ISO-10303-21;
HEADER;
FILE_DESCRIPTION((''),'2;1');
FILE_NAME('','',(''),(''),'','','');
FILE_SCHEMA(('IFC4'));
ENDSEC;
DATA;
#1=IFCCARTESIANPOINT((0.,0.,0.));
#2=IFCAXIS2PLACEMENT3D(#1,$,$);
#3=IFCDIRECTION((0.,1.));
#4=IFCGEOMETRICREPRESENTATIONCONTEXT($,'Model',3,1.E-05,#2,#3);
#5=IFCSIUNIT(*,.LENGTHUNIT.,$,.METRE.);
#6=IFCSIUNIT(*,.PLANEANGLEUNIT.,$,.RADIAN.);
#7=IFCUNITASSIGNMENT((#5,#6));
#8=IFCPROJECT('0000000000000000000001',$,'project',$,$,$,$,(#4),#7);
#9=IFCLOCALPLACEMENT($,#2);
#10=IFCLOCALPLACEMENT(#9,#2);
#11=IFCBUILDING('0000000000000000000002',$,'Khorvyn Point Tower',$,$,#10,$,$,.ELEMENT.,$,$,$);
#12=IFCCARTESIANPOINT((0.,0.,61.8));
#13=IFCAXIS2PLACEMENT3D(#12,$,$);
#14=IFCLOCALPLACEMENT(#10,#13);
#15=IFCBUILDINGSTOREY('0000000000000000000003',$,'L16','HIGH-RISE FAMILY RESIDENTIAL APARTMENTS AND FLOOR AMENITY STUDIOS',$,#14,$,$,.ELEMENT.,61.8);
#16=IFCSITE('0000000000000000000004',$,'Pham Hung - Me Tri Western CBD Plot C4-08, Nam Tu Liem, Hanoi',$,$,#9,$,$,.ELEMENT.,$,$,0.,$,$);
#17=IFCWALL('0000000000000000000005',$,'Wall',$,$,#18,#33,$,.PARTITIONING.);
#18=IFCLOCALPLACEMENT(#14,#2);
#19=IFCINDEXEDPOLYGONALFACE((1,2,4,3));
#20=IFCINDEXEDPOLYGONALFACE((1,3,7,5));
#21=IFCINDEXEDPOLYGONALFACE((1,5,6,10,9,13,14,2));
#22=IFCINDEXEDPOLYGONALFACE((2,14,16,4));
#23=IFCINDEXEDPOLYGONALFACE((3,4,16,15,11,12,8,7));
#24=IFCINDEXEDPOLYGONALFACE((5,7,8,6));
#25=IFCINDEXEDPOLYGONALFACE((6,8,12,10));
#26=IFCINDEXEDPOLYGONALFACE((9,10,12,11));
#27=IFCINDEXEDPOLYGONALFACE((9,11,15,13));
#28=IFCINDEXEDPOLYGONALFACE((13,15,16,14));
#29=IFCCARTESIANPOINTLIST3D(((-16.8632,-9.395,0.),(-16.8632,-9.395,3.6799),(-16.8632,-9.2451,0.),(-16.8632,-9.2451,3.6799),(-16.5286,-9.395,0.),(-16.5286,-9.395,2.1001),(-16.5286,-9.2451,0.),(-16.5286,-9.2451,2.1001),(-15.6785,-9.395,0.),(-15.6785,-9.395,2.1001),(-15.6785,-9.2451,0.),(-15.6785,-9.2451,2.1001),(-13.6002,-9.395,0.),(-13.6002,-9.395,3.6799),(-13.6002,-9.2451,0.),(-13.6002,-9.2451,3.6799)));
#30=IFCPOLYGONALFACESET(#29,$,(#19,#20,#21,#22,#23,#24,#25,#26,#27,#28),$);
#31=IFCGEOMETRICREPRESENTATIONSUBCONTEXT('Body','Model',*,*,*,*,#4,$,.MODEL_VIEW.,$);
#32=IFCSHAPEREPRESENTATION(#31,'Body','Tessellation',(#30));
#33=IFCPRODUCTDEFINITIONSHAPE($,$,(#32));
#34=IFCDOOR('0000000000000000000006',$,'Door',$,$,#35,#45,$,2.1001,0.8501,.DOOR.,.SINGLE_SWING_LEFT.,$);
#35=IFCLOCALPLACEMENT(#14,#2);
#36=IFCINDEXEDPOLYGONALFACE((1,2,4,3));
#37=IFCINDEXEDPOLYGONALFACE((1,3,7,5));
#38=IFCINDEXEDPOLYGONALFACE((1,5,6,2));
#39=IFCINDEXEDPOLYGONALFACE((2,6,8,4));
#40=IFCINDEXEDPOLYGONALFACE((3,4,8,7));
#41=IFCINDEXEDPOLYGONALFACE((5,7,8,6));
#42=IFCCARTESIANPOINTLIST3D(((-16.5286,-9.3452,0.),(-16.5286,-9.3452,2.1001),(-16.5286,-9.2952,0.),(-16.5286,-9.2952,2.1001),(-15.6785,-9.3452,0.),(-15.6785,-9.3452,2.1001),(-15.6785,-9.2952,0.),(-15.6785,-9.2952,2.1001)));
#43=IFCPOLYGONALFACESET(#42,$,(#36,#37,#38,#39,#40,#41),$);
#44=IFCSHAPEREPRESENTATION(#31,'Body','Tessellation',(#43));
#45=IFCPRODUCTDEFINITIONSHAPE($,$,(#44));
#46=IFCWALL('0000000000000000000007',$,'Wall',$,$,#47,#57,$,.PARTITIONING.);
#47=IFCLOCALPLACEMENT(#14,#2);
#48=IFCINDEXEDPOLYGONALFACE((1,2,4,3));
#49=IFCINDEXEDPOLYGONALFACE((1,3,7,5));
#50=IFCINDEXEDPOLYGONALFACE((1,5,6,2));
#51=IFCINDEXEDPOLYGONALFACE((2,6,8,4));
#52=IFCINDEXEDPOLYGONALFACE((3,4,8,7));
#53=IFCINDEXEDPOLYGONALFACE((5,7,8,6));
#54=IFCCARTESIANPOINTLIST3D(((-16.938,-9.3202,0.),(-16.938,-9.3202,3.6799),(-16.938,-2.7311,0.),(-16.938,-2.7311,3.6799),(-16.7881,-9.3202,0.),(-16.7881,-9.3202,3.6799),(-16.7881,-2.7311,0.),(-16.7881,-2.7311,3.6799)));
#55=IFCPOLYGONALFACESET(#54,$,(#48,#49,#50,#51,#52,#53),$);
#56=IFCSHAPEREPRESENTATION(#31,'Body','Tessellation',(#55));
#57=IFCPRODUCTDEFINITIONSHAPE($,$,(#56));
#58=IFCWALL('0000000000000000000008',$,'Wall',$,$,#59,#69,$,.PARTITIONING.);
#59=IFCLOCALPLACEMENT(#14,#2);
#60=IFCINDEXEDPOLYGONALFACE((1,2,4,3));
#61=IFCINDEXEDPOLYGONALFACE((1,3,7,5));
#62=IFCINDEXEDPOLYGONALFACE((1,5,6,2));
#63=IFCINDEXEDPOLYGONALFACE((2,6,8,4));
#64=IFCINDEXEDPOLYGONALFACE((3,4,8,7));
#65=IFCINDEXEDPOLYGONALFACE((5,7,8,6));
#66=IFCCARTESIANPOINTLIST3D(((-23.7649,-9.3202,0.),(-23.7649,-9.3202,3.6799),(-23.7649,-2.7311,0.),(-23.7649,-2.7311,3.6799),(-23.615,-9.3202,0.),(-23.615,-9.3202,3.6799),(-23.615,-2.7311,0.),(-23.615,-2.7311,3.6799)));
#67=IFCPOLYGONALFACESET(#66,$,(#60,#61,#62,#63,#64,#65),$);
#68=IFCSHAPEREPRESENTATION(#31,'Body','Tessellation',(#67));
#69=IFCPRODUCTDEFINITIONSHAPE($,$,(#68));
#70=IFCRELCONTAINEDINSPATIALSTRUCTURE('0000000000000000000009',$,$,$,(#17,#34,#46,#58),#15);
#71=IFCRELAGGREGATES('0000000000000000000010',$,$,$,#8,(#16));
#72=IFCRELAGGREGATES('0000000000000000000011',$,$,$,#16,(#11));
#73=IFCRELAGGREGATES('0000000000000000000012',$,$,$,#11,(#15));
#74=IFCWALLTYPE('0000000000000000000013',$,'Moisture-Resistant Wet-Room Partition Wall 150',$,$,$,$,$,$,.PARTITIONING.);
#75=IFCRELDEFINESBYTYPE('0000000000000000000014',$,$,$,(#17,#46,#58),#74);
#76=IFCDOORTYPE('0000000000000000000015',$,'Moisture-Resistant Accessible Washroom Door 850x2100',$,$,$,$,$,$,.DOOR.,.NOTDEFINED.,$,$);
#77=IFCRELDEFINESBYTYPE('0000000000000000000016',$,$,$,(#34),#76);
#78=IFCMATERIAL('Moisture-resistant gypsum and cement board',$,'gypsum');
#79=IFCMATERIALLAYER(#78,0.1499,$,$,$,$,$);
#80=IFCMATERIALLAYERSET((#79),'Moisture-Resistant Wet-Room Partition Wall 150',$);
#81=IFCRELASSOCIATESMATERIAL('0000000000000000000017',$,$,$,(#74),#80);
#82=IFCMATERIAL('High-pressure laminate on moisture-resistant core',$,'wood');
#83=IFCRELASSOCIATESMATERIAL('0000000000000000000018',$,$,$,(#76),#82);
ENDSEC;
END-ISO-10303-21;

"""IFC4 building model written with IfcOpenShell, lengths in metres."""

from ifc_helpers import new_model, si_unit, direction, frame, frame_2d, origin, place, context, subcontext, project, spatial, rectangle, extrude, material, layer, layer_set, type_object, element, fill, save


model = new_model("IFC4")

# Units and contexts
model_context = context("Model", 3, precision=1e-05, world=origin(), true_north=direction((0.0, 1.0)))
body_context = subcontext(model_context, "Body", "Model", "MODEL_VIEW")
ifc_project = project(units=[si_unit("LENGTHUNIT", "METRE"), si_unit("PLANEANGLEUNIT", "RADIAN")], contexts=[model_context])

# Site, building, storey
site_placement = place(None, origin())
site = spatial("IfcSite", under=ifc_project, at=site_placement, Name="Pham Hung - Me Tri Western CBD Plot C4-08, Nam Tu Liem, Hanoi", CompositionType="ELEMENT", RefElevation=0.0)
building_placement = place(site_placement, origin())
building = spatial("IfcBuilding", under=site, at=building_placement, Name="Khorvyn Point Tower", CompositionType="ELEMENT")
storey_placement = place(building_placement, frame((0.0, 0.0, 61.8)))
storey = spatial("IfcBuildingStorey", under=building, at=storey_placement, Name="L16", Description="HIGH-RISE FAMILY RESIDENTIAL APARTMENTS AND FLOOR AMENITY STUDIOS", CompositionType="ELEMENT", Elevation=61.8)

# Wall, opening, door
ifc_material_1 = material(Name="Moisture-resistant gypsum and cement board", Category="gypsum")
ifc_layer_1 = layer(ifc_material_1, 0.1499)
ifc_layer_set_1 = layer_set([ifc_layer_1], Name="Moisture-Resistant Wet-Room Partition Wall 150")
wall_type_1 = type_object("IfcWallType", Name="Moisture-Resistant Wet-Room Partition Wall 150", PredefinedType="PARTITIONING", material=ifc_layer_set_1)
ifc_material_2 = material(Name="High-pressure laminate on moisture-resistant core", Category="wood")
door_type_1 = type_object("IfcDoorType", Name="Moisture-Resistant Accessible Washroom Door 850x2100", OperationType="NOTDEFINED", PredefinedType="DOOR", material=ifc_material_2)
wall_1_placement = place(storey_placement, frame((-16.863, -9.3201, 0.0), z_axis=(0.0, 0.0, 1.0), x_axis=(1.0, 0.0, 0.0)))
wall_1 = element("IfcWall", 1, at=wall_1_placement, inside=storey, type_object=wall_type_1, Name="Wall", PredefinedType="PARTITIONING", context=body_context, shape_type="SweptSolid", body=[
    extrude(rectangle(XDim=3.2629, YDim=0.1499, at=frame_2d((1.6313, 0.0))), origin(), (0.0, 0.0, 1.0), 3.6799),
])
opening_1_placement = place(wall_1_placement, frame((0.3345, 0.0, 0.0)))
opening_1 = element("IfcOpeningElement", 2, at=opening_1_placement, cuts=wall_1, PredefinedType="OPENING", context=body_context, shape_type="SweptSolid", body=[
    extrude(rectangle(XDim=0.8501, YDim=2.1001, at=frame_2d((0.425, 1.05))), frame((0.0, 0.085, 0.0), z_axis=(0.0, -1.0, 0.0), x_axis=(1.0, 0.0, 0.0)), (0.0, 0.0, 1.0), 0.1699),
])
door_1_placement = place(opening_1_placement, origin())
door_1 = element("IfcDoor", 3, at=door_1_placement, inside=storey, type_object=door_type_1, Name="Door", OperationType="SINGLE_SWING_LEFT", OverallHeight=2.1001, OverallWidth=0.8501, PredefinedType="DOOR", context=body_context, shape_type="SweptSolid", body=[
    extrude(rectangle(XDim=0.8501, YDim=2.1001, at=frame_2d((0.425, 1.05))), frame((0.0, 0.0249, 0.0), z_axis=(0.0, -1.0, 0.0), x_axis=(1.0, 0.0, 0.0)), (0.0, 0.0, 1.0), 0.05),
])
fill(opening_1, door_1)

# Walls
for number, where, z_axis, x_axis, name in (
    (4, (-16.863, -9.3201, 0.0), (0.0, 0.0, 1.0), (0.0, 1.0, 0.0), "Wall"),
    (5, (-23.6899, -9.3201, 0.0), (0.0, 0.0, 1.0), (0.0, 1.0, 0.0), "Wall"),
):
    element("IfcWall", number, at=place(storey_placement, frame(where, z_axis=z_axis, x_axis=x_axis)), inside=storey, type_object=wall_type_1, Name=name, PredefinedType="PARTITIONING", context=body_context, shape_type="SweptSolid", body=[
        extrude(rectangle(XDim=6.5891, YDim=0.1499, at=frame_2d((3.2944, 0.0))), origin(), (0.0, 0.0, 1.0), 3.6799),
    ])

save(model, "model.ifc")
